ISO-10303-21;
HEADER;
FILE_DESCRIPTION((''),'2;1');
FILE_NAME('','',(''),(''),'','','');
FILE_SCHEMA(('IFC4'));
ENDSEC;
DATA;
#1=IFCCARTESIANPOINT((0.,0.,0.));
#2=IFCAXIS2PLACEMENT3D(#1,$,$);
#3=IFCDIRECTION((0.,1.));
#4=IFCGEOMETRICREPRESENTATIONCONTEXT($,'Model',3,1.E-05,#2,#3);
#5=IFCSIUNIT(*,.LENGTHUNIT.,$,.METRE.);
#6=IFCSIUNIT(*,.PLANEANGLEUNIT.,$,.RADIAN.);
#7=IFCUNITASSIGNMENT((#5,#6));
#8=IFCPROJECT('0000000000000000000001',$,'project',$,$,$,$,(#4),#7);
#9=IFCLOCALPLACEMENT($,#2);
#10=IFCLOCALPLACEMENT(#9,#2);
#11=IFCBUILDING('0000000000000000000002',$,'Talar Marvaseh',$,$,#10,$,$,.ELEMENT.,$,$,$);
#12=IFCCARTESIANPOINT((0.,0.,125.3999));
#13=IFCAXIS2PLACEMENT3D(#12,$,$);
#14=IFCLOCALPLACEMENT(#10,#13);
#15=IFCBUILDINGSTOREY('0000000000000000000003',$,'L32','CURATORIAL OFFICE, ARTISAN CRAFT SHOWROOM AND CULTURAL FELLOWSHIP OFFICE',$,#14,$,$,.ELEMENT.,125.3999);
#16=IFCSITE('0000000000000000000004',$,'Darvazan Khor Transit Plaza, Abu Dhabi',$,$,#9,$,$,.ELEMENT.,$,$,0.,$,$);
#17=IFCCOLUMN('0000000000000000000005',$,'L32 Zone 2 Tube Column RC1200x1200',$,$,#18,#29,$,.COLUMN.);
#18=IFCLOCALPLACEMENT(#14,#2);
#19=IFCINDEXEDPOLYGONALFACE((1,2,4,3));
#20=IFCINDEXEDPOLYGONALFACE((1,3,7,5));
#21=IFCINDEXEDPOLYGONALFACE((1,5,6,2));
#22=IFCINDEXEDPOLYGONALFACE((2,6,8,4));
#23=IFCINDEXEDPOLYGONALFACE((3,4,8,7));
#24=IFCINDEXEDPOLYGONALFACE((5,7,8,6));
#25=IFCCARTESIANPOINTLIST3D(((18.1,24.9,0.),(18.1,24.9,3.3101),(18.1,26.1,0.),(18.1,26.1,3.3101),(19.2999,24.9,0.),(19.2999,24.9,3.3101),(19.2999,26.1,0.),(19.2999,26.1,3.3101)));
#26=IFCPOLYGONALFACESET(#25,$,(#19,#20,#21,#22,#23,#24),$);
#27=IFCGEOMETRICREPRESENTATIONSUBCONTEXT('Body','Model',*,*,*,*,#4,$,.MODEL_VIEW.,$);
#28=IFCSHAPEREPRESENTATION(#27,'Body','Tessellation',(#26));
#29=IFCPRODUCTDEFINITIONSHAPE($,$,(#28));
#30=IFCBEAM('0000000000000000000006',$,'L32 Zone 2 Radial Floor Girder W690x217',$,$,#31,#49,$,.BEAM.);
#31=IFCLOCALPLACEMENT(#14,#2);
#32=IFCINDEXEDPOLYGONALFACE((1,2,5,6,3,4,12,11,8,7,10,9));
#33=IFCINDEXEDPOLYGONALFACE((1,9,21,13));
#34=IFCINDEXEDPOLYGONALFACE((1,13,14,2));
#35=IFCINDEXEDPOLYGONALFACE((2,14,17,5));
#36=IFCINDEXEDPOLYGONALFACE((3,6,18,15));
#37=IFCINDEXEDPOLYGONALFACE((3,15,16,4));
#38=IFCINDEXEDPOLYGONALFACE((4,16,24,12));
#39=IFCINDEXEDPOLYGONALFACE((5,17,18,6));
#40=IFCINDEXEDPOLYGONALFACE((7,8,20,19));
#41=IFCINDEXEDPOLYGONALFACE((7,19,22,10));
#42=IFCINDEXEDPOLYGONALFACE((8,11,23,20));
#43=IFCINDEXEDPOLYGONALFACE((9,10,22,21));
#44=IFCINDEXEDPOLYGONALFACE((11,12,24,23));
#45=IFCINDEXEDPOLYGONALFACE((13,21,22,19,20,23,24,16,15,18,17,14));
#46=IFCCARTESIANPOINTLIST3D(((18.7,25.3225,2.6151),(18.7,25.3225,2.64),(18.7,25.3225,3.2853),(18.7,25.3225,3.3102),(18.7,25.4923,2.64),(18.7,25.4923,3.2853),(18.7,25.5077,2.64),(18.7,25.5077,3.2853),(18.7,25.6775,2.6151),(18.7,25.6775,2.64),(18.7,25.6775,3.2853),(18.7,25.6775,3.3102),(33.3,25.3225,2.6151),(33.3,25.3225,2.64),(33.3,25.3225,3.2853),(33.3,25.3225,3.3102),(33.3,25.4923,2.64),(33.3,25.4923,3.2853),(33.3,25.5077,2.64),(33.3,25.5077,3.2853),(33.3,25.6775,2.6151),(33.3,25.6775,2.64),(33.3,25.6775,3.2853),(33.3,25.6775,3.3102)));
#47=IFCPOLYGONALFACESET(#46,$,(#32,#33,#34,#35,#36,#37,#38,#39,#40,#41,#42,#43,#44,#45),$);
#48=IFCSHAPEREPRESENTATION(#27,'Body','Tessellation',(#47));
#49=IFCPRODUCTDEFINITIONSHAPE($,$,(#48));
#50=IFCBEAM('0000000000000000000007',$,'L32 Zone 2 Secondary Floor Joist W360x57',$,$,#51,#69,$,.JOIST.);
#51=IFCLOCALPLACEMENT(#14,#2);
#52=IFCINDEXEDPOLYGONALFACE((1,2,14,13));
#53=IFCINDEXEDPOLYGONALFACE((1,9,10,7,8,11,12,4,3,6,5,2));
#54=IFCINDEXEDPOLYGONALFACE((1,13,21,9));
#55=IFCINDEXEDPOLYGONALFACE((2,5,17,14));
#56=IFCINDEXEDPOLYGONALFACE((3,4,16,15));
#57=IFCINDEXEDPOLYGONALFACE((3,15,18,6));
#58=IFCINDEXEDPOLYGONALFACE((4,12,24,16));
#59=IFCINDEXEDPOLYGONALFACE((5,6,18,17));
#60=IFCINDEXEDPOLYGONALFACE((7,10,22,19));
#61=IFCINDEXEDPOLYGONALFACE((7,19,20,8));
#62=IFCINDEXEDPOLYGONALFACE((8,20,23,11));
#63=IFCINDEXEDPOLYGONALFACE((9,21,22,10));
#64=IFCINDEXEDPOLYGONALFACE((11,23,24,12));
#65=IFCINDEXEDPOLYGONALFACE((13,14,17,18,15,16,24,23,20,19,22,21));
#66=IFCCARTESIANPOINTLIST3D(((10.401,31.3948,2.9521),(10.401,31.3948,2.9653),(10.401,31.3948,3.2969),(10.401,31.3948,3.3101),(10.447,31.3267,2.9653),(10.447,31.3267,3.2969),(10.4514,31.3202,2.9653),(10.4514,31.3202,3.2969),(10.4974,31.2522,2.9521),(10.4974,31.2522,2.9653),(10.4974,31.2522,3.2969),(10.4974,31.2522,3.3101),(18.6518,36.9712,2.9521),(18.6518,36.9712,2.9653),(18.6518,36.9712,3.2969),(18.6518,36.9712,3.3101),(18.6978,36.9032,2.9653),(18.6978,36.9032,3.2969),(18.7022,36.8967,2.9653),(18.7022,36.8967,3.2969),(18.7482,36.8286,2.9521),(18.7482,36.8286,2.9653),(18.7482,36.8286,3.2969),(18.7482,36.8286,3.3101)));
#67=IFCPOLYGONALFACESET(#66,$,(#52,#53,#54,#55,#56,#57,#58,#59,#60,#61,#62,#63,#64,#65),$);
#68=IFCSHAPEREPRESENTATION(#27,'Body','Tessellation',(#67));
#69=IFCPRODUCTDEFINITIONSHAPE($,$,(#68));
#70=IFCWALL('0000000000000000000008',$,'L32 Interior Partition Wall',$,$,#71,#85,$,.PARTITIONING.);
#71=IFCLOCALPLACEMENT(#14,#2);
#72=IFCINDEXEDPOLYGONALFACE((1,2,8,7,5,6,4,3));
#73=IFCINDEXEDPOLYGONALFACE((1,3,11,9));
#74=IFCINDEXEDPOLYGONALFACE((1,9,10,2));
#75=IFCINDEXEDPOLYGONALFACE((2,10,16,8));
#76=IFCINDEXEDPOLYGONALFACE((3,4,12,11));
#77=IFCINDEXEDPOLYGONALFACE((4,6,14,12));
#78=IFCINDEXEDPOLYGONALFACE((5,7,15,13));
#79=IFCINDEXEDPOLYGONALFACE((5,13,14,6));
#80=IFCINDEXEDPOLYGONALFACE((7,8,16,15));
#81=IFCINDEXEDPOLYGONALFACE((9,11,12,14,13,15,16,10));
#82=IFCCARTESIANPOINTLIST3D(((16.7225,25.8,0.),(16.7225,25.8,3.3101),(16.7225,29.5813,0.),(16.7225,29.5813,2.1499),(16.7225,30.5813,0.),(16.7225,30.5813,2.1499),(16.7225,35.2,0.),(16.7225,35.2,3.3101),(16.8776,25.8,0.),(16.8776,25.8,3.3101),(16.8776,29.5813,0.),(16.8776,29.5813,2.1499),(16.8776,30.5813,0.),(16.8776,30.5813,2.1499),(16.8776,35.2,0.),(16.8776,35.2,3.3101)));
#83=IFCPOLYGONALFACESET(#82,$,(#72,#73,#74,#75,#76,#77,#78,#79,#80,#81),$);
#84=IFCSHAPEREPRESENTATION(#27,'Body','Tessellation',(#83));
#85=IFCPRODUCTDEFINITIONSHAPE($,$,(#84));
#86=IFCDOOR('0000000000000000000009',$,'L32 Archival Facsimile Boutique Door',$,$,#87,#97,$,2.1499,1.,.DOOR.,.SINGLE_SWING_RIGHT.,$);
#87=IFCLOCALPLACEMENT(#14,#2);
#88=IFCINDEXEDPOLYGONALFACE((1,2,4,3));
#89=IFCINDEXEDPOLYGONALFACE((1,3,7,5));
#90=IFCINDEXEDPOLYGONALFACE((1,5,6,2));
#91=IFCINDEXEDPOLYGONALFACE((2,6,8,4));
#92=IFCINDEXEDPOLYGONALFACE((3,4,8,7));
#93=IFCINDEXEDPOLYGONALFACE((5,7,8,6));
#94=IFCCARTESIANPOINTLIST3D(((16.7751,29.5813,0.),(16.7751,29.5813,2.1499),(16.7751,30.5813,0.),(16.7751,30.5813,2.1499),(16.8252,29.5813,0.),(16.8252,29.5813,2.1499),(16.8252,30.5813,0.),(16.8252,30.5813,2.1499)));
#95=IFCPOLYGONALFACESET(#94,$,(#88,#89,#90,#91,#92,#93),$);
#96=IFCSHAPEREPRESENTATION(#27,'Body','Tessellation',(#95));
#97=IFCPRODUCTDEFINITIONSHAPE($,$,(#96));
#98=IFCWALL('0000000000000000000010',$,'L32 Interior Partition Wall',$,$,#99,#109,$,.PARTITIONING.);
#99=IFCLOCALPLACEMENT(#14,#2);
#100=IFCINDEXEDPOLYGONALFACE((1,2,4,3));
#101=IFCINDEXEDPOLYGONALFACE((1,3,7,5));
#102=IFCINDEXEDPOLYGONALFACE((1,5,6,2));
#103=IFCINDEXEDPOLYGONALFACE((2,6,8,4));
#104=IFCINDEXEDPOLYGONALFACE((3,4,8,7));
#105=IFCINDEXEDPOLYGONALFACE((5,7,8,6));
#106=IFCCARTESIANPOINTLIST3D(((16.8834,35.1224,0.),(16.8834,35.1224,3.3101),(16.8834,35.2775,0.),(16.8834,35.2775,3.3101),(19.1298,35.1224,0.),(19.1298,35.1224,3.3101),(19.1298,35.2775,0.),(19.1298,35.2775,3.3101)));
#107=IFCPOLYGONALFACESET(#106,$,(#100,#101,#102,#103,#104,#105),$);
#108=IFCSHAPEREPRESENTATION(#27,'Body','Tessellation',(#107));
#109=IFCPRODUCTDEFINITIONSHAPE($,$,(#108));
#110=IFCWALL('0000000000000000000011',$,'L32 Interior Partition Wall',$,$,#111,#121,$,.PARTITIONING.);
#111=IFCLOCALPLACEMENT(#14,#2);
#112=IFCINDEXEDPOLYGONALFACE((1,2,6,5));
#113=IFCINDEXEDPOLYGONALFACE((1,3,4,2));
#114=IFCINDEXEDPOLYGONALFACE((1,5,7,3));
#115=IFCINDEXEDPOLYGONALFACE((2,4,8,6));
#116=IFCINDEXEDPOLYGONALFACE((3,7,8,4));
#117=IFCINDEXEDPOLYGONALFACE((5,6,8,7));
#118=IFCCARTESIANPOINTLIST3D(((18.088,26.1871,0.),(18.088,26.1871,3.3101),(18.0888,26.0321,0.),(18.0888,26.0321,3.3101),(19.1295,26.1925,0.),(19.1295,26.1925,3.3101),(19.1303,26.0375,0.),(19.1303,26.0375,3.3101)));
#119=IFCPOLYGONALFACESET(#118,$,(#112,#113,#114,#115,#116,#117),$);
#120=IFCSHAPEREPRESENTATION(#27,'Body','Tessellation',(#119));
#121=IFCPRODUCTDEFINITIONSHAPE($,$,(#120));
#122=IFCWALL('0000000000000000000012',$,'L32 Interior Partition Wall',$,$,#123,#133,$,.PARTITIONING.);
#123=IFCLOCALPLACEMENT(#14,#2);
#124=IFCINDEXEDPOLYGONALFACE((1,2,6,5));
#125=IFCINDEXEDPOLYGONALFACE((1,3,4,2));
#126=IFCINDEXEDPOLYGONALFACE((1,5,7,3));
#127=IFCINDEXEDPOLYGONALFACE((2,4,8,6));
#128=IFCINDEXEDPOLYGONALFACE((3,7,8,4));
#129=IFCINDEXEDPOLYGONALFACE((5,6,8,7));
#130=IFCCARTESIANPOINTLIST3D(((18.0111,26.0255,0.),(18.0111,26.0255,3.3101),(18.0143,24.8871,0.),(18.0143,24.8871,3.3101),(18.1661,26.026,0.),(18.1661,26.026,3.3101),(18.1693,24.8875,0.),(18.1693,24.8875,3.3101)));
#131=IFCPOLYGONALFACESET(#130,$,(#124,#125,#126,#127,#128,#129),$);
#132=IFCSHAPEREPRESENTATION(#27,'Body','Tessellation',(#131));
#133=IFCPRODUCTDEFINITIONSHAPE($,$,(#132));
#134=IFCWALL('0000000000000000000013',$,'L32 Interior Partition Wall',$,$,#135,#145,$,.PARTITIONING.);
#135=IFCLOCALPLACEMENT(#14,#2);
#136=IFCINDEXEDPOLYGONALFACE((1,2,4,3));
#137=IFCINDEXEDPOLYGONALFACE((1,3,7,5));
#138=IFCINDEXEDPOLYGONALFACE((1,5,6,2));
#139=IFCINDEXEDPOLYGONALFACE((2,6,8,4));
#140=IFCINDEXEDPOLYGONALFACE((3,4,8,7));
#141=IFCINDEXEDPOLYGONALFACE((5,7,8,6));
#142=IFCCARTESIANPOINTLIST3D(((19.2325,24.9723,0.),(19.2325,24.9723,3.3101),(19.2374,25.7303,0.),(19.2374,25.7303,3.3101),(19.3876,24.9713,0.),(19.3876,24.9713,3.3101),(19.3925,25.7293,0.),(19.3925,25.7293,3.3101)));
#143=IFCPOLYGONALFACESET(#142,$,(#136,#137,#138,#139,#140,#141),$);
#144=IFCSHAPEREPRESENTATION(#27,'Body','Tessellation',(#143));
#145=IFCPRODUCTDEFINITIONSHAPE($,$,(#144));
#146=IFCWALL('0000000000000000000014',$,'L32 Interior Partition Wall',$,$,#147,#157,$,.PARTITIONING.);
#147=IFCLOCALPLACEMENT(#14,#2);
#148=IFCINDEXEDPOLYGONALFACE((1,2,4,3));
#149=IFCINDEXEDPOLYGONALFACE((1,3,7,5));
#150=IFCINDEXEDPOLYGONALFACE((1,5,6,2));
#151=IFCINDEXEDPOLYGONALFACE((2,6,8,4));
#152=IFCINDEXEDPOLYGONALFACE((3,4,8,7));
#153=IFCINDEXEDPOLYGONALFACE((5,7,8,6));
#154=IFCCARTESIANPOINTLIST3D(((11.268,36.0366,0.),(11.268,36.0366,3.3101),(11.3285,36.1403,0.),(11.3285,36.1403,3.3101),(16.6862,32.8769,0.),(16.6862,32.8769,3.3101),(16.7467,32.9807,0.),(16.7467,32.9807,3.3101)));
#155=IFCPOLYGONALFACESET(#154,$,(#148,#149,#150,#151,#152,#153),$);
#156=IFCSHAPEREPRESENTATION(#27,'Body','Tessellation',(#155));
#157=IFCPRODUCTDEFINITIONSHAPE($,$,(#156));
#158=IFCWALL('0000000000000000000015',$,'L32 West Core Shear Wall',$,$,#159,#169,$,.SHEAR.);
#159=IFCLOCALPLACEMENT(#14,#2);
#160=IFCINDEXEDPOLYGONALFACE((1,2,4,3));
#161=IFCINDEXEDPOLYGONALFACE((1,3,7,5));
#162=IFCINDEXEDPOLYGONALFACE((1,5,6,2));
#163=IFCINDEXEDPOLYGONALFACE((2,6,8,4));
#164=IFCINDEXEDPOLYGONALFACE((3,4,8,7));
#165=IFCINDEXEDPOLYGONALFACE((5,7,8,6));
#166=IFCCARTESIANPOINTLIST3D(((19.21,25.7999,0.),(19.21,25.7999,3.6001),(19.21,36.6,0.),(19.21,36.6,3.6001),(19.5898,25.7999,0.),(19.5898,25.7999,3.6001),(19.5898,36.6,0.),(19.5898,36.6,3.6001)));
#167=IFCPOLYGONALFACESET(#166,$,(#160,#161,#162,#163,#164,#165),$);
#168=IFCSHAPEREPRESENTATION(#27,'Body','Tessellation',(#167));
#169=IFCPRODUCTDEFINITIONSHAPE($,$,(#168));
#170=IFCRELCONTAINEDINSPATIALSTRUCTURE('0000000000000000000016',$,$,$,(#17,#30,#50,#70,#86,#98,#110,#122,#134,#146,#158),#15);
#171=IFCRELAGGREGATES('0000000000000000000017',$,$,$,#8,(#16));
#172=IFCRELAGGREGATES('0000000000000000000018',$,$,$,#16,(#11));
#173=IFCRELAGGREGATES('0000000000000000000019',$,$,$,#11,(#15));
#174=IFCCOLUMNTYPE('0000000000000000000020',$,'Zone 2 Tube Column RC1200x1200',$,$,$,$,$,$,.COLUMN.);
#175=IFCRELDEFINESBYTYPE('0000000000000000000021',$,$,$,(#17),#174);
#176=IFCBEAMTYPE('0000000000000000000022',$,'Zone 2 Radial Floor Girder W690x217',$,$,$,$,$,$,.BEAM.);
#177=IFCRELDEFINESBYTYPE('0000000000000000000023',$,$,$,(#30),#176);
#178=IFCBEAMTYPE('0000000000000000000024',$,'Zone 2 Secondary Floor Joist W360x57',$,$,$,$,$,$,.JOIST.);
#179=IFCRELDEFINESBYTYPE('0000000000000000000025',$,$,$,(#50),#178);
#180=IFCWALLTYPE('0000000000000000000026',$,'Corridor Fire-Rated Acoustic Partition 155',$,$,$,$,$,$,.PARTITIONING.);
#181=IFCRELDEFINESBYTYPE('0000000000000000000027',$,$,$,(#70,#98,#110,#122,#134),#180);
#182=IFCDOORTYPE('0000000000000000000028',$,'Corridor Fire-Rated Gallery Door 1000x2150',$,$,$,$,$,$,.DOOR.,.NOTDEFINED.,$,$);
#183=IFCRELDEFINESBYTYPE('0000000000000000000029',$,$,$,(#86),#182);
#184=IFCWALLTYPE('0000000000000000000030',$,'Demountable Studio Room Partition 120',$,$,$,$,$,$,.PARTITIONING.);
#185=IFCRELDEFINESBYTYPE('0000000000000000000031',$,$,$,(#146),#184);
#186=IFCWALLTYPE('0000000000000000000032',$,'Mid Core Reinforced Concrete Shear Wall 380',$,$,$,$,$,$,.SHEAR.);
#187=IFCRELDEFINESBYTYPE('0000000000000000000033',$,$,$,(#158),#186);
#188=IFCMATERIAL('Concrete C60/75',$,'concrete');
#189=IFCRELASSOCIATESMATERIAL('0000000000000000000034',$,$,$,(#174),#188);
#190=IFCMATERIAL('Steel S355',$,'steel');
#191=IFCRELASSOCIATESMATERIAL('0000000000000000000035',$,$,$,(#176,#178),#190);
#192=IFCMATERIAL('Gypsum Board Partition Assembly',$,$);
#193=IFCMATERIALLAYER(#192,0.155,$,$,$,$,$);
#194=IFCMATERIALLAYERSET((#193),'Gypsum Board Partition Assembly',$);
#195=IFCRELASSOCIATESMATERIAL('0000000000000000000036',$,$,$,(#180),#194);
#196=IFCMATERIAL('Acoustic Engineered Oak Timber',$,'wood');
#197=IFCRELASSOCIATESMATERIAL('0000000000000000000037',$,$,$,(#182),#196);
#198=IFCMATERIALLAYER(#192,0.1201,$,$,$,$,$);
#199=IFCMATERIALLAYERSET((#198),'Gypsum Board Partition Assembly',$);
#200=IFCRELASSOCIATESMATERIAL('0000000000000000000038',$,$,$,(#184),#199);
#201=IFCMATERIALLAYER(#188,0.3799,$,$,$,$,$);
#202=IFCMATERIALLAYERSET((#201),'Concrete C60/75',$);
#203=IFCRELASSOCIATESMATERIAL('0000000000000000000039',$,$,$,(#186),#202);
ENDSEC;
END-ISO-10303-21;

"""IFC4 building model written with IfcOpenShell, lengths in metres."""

from ifc_helpers import new_model, si_unit, direction, frame, frame_2d, origin, origin_2d, place, context, subcontext, project, spatial, rectangle, i_section, extrude, source, transform, mapped, material, layer, layer_set, material_profile, profile_set, type_object, type_shapes, element, fill, save


model = new_model("IFC4")

# Units and contexts
model_context = context("Model", 3, precision=1e-05, world=origin(), true_north=direction((0.0, 1.0)))
body_context = subcontext(model_context, "Body", "Model", "MODEL_VIEW")
ifc_project = project(units=[si_unit("LENGTHUNIT", "METRE"), si_unit("PLANEANGLEUNIT", "RADIAN")], contexts=[model_context])

# Site, building, storey
site_placement = place(None, origin())
site = spatial("IfcSite", under=ifc_project, at=site_placement, Name="Darvazan Khor Transit Plaza, Abu Dhabi", CompositionType="ELEMENT", RefElevation=0.0)
building_placement = place(site_placement, origin())
building = spatial("IfcBuilding", under=site, at=building_placement, Name="Talar Marvaseh", CompositionType="ELEMENT")
storey_placement = place(building_placement, frame((0.0, 0.0, 125.3999)))
storey = spatial("IfcBuildingStorey", under=building, at=storey_placement, Name="L32", Description="CURATORIAL OFFICE, ARTISAN CRAFT SHOWROOM AND CULTURAL FELLOWSHIP OFFICE", CompositionType="ELEMENT", Elevation=125.3999)

# Column
ifc_material_1 = material(Name="Concrete C60/75", Category="concrete")
ifc_material_profile_1 = material_profile(ifc_material_1, rectangle(XDim=1.2, YDim=1.2, at=origin_2d()), Name="RC1200x1200")
ifc_profile_set_1 = profile_set([ifc_material_profile_1], Name="Concrete C60/75")
column_type = type_object("IfcColumnType", Name="Zone 2 Tube Column RC1200x1200", PredefinedType="COLUMN", material=ifc_profile_set_1)
column_placement = place(storey_placement, frame((18.7, 25.5, 0.0), z_axis=(0.0, 0.0, 1.0), x_axis=(1.0, 0.0, 0.0)))
element("IfcColumn", 1, at=column_placement, inside=storey, type_object=column_type, Name="L32 Zone 2 Tube Column RC1200x1200", PredefinedType="COLUMN", context=body_context, shape_type="SweptSolid", body=[
    extrude(rectangle(XDim=1.2, YDim=1.2, at=origin_2d()), origin(), (0.0, 0.0, 1.0), 3.3101),
])

# Beams
ifc_material_2 = material(Name="Steel S355", Category="steel")
ifc_material_profile_2 = material_profile(ifc_material_2, i_section(OverallWidth=0.355, OverallDepth=0.6951, WebThickness=0.0154, FlangeThickness=0.0249, at=origin_2d()), Name="W690x217")
ifc_profile_set_2 = profile_set([ifc_material_profile_2], Name="Steel S355")
beam_type_1 = type_object("IfcBeamType", Name="Zone 2 Radial Floor Girder W690x217", PredefinedType="BEAM", material=ifc_profile_set_2)
beam_1_placement = place(storey_placement, frame((18.7, 25.5, 2.9626), z_axis=(1.0, 0.0, 0.0), x_axis=(0.0, 1.0, 0.0)))
element("IfcBeam", 2, at=beam_1_placement, inside=storey, type_object=beam_type_1, Name="L32 Zone 2 Radial Floor Girder W690x217", PredefinedType="BEAM", context=body_context, shape_type="SweptSolid", body=[
    extrude(i_section(OverallWidth=0.355, OverallDepth=0.6951, WebThickness=0.0154, FlangeThickness=0.0249, at=origin_2d()), origin(), (0.0, 0.0, 1.0), 14.6001),
])
ifc_material_profile_3 = material_profile(ifc_material_2, i_section(OverallWidth=0.1721, OverallDepth=0.3579, WebThickness=0.0078, FlangeThickness=0.0132, at=origin_2d()), Name="W360x57")
ifc_profile_set_3 = profile_set([ifc_material_profile_3], Name="Steel S355")
beam_type_2 = type_object("IfcBeamType", Name="Zone 2 Secondary Floor Joist W360x57", PredefinedType="JOIST", material=ifc_profile_set_3)
beam_2_placement = place(storey_placement, frame((10.4492, 31.3235, 3.1311), z_axis=(0.828515, 0.559967, 0.0), x_axis=(-0.559967, 0.828515, 0.0)))
element("IfcBeam", 3, at=beam_2_placement, inside=storey, type_object=beam_type_2, Name="L32 Zone 2 Secondary Floor Joist W360x57", PredefinedType="JOIST", context=body_context, shape_type="SweptSolid", body=[
    extrude(i_section(OverallWidth=0.1721, OverallDepth=0.3579, WebThickness=0.0078, FlangeThickness=0.0132, at=origin_2d()), origin(), (0.0, 0.0, 1.0), 9.9585),
])

# Wall, opening, door
ifc_material_3 = material(Name="Gypsum Board Partition Assembly")
ifc_layer_1 = layer(ifc_material_3, 0.155)
ifc_layer_set_1 = layer_set([ifc_layer_1], Name="Gypsum Board Partition Assembly")
wall_type_1 = type_object("IfcWallType", Name="Corridor Fire-Rated Acoustic Partition 155", PredefinedType="PARTITIONING", material=ifc_layer_set_1)
wall_1_placement = place(storey_placement, frame((16.8, 25.8, 0.0), z_axis=(0.0, 0.0, 1.0), x_axis=(0.0, 1.0, 0.0)))
wall_1 = element("IfcWall", 4, at=wall_1_placement, inside=storey, type_object=wall_type_1, Name="L32 Interior Partition Wall", PredefinedType="PARTITIONING", context=body_context, shape_type="SweptSolid", body=[
    extrude(rectangle(XDim=9.3999, YDim=0.155, at=frame_2d((4.7, 0.0))), origin(), (0.0, 0.0, 1.0), 3.3101),
])
opening_placement = place(wall_1_placement, frame((3.7812, 0.0, 0.0)))
opening = element("IfcOpeningElement", 5, at=opening_placement, cuts=wall_1, PredefinedType="OPENING", context=body_context, shape_type="SweptSolid", body=[
    extrude(rectangle(XDim=1.0, YDim=2.1499, at=frame_2d((0.5, 1.075))), frame((0.0, 0.0874, 0.0), z_axis=(0.0, -1.0, 0.0), x_axis=(1.0, 0.0, 0.0)), (0.0, 0.0, 1.0), 0.175),
])
ifc_material_4 = material(Name="Acoustic Engineered Oak Timber", Category="wood")
door_type = type_object("IfcDoorType", Name="Corridor Fire-Rated Gallery Door 1000x2150", OperationType="NOTDEFINED", PredefinedType="DOOR", material=ifc_material_4)
shared_shape_1 = source(origin(), body_context, "Body", "SweptSolid", [
    extrude(rectangle(XDim=1.0, YDim=2.1499, at=frame_2d((0.5, 1.075))), frame((0.0, 0.0249, 0.0), z_axis=(0.0, -1.0, 0.0), x_axis=(1.0, 0.0, 0.0)), (0.0, 0.0, 1.0), 0.05),
])
type_shapes(door_type, [shared_shape_1])
door_placement = place(opening_placement, origin())
door = element("IfcDoor", 6, at=door_placement, inside=storey, type_object=door_type, Name="L32 Archival Facsimile Boutique Door", OperationType="SINGLE_SWING_RIGHT", OverallHeight=2.1499, OverallWidth=1.0, PredefinedType="DOOR", context=body_context, shape_type="MappedRepresentation", body=[
    mapped(shared_shape_1, transform((0.0, 0.0, 0.0), x_axis=(1.0, 0.0, 0.0), y_axis=(0.0, 1.0, 0.0), z_axis=(0.0, 0.0, 1.0), scale=1.0)),
])
fill(opening, door)

# Walls
wall_2_placement = place(storey_placement, frame((16.8835, 35.2, 0.0), z_axis=(0.0, 0.0, 1.0), x_axis=(1.0, 0.0, 0.0)))
element("IfcWall", 7, at=wall_2_placement, inside=storey, type_object=wall_type_1, Name="L32 Interior Partition Wall", PredefinedType="PARTITIONING", context=body_context, shape_type="SweptSolid", body=[
    extrude(rectangle(XDim=2.2463, YDim=0.155, at=frame_2d((1.123, 0.0))), origin(), (0.0, 0.0, 1.0), 3.3101),
])
wall_3_placement = place(storey_placement, frame((19.1299, 26.115, 0.0), z_axis=(0.0, 0.0, 1.0), x_axis=(-0.999987, -0.005157, 0.0)))
element("IfcWall", 8, at=wall_3_placement, inside=storey, type_object=wall_type_1, Name="L32 Interior Partition Wall", PredefinedType="PARTITIONING", context=body_context, shape_type="SweptSolid", body=[
    extrude(rectangle(XDim=1.0415, YDim=0.155, at=frame_2d((0.5208, 0.0))), origin(), (0.0, 0.0, 1.0), 3.3101),
])
wall_4_placement = place(storey_placement, frame((18.0886, 26.0259, 0.0), z_axis=(0.0, 0.0, 1.0), x_axis=(0.002788, -0.999996, 0.0)))
element("IfcWall", 9, at=wall_4_placement, inside=storey, type_object=wall_type_1, Name="L32 Interior Partition Wall", PredefinedType="PARTITIONING", context=body_context, shape_type="SweptSolid", body=[
    extrude(rectangle(XDim=1.1384, YDim=0.155, at=frame_2d((0.5693, 0.0))), origin(), (0.0, 0.0, 1.0), 3.3101),
])
wall_5_placement = place(storey_placement, frame((19.3101, 24.9719, 0.0), z_axis=(0.0, 0.0, 1.0), x_axis=(0.006441, 0.999979, 0.0)))
element("IfcWall", 10, at=wall_5_placement, inside=storey, type_object=wall_type_1, Name="L32 Interior Partition Wall", PredefinedType="PARTITIONING", context=body_context, shape_type="SweptSolid", body=[
    extrude(rectangle(XDim=0.7581, YDim=0.155, at=frame_2d((0.3789, 0.0))), origin(), (0.0, 0.0, 1.0), 3.3101),
])
ifc_layer_2 = layer(ifc_material_3, 0.1201)
ifc_layer_set_2 = layer_set([ifc_layer_2], Name="Gypsum Board Partition Assembly")
wall_type_2 = type_object("IfcWallType", Name="Demountable Studio Room Partition 120", PredefinedType="PARTITIONING", material=ifc_layer_set_2)
wall_6_placement = place(storey_placement, frame((16.7166, 32.9287, 0.0), z_axis=(0.0, 0.0, 1.0), x_axis=(-0.863845, 0.503757, 0.0)))
element("IfcWall", 11, at=wall_6_placement, inside=storey, type_object=wall_type_2, Name="L32 Interior Partition Wall", PredefinedType="PARTITIONING", context=body_context, shape_type="SweptSolid", body=[
    extrude(rectangle(XDim=6.2722, YDim=0.1201, at=frame_2d((3.1362, 0.0))), origin(), (0.0, 0.0, 1.0), 3.3101),
])
ifc_layer_3 = layer(ifc_material_1, 0.3799)
ifc_layer_set_3 = layer_set([ifc_layer_3], Name="Concrete C60/75")
wall_type_3 = type_object("IfcWallType", Name="Mid Core Reinforced Concrete Shear Wall 380", PredefinedType="SHEAR", material=ifc_layer_set_3)
wall_7_placement = place(storey_placement, frame((19.3999, 25.8, 0.0), z_axis=(0.0, 0.0, 1.0), x_axis=(0.0, 1.0, 0.0)))
element("IfcWall", 12, at=wall_7_placement, inside=storey, type_object=wall_type_3, Name="L32 West Core Shear Wall", PredefinedType="SHEAR", context=body_context, shape_type="SweptSolid", body=[
    extrude(rectangle(XDim=10.8, YDim=0.3799, at=frame_2d((5.3999, 0.0))), origin(), (0.0, 0.0, 1.0), 3.6001),
])

save(model, "model.ifc")
